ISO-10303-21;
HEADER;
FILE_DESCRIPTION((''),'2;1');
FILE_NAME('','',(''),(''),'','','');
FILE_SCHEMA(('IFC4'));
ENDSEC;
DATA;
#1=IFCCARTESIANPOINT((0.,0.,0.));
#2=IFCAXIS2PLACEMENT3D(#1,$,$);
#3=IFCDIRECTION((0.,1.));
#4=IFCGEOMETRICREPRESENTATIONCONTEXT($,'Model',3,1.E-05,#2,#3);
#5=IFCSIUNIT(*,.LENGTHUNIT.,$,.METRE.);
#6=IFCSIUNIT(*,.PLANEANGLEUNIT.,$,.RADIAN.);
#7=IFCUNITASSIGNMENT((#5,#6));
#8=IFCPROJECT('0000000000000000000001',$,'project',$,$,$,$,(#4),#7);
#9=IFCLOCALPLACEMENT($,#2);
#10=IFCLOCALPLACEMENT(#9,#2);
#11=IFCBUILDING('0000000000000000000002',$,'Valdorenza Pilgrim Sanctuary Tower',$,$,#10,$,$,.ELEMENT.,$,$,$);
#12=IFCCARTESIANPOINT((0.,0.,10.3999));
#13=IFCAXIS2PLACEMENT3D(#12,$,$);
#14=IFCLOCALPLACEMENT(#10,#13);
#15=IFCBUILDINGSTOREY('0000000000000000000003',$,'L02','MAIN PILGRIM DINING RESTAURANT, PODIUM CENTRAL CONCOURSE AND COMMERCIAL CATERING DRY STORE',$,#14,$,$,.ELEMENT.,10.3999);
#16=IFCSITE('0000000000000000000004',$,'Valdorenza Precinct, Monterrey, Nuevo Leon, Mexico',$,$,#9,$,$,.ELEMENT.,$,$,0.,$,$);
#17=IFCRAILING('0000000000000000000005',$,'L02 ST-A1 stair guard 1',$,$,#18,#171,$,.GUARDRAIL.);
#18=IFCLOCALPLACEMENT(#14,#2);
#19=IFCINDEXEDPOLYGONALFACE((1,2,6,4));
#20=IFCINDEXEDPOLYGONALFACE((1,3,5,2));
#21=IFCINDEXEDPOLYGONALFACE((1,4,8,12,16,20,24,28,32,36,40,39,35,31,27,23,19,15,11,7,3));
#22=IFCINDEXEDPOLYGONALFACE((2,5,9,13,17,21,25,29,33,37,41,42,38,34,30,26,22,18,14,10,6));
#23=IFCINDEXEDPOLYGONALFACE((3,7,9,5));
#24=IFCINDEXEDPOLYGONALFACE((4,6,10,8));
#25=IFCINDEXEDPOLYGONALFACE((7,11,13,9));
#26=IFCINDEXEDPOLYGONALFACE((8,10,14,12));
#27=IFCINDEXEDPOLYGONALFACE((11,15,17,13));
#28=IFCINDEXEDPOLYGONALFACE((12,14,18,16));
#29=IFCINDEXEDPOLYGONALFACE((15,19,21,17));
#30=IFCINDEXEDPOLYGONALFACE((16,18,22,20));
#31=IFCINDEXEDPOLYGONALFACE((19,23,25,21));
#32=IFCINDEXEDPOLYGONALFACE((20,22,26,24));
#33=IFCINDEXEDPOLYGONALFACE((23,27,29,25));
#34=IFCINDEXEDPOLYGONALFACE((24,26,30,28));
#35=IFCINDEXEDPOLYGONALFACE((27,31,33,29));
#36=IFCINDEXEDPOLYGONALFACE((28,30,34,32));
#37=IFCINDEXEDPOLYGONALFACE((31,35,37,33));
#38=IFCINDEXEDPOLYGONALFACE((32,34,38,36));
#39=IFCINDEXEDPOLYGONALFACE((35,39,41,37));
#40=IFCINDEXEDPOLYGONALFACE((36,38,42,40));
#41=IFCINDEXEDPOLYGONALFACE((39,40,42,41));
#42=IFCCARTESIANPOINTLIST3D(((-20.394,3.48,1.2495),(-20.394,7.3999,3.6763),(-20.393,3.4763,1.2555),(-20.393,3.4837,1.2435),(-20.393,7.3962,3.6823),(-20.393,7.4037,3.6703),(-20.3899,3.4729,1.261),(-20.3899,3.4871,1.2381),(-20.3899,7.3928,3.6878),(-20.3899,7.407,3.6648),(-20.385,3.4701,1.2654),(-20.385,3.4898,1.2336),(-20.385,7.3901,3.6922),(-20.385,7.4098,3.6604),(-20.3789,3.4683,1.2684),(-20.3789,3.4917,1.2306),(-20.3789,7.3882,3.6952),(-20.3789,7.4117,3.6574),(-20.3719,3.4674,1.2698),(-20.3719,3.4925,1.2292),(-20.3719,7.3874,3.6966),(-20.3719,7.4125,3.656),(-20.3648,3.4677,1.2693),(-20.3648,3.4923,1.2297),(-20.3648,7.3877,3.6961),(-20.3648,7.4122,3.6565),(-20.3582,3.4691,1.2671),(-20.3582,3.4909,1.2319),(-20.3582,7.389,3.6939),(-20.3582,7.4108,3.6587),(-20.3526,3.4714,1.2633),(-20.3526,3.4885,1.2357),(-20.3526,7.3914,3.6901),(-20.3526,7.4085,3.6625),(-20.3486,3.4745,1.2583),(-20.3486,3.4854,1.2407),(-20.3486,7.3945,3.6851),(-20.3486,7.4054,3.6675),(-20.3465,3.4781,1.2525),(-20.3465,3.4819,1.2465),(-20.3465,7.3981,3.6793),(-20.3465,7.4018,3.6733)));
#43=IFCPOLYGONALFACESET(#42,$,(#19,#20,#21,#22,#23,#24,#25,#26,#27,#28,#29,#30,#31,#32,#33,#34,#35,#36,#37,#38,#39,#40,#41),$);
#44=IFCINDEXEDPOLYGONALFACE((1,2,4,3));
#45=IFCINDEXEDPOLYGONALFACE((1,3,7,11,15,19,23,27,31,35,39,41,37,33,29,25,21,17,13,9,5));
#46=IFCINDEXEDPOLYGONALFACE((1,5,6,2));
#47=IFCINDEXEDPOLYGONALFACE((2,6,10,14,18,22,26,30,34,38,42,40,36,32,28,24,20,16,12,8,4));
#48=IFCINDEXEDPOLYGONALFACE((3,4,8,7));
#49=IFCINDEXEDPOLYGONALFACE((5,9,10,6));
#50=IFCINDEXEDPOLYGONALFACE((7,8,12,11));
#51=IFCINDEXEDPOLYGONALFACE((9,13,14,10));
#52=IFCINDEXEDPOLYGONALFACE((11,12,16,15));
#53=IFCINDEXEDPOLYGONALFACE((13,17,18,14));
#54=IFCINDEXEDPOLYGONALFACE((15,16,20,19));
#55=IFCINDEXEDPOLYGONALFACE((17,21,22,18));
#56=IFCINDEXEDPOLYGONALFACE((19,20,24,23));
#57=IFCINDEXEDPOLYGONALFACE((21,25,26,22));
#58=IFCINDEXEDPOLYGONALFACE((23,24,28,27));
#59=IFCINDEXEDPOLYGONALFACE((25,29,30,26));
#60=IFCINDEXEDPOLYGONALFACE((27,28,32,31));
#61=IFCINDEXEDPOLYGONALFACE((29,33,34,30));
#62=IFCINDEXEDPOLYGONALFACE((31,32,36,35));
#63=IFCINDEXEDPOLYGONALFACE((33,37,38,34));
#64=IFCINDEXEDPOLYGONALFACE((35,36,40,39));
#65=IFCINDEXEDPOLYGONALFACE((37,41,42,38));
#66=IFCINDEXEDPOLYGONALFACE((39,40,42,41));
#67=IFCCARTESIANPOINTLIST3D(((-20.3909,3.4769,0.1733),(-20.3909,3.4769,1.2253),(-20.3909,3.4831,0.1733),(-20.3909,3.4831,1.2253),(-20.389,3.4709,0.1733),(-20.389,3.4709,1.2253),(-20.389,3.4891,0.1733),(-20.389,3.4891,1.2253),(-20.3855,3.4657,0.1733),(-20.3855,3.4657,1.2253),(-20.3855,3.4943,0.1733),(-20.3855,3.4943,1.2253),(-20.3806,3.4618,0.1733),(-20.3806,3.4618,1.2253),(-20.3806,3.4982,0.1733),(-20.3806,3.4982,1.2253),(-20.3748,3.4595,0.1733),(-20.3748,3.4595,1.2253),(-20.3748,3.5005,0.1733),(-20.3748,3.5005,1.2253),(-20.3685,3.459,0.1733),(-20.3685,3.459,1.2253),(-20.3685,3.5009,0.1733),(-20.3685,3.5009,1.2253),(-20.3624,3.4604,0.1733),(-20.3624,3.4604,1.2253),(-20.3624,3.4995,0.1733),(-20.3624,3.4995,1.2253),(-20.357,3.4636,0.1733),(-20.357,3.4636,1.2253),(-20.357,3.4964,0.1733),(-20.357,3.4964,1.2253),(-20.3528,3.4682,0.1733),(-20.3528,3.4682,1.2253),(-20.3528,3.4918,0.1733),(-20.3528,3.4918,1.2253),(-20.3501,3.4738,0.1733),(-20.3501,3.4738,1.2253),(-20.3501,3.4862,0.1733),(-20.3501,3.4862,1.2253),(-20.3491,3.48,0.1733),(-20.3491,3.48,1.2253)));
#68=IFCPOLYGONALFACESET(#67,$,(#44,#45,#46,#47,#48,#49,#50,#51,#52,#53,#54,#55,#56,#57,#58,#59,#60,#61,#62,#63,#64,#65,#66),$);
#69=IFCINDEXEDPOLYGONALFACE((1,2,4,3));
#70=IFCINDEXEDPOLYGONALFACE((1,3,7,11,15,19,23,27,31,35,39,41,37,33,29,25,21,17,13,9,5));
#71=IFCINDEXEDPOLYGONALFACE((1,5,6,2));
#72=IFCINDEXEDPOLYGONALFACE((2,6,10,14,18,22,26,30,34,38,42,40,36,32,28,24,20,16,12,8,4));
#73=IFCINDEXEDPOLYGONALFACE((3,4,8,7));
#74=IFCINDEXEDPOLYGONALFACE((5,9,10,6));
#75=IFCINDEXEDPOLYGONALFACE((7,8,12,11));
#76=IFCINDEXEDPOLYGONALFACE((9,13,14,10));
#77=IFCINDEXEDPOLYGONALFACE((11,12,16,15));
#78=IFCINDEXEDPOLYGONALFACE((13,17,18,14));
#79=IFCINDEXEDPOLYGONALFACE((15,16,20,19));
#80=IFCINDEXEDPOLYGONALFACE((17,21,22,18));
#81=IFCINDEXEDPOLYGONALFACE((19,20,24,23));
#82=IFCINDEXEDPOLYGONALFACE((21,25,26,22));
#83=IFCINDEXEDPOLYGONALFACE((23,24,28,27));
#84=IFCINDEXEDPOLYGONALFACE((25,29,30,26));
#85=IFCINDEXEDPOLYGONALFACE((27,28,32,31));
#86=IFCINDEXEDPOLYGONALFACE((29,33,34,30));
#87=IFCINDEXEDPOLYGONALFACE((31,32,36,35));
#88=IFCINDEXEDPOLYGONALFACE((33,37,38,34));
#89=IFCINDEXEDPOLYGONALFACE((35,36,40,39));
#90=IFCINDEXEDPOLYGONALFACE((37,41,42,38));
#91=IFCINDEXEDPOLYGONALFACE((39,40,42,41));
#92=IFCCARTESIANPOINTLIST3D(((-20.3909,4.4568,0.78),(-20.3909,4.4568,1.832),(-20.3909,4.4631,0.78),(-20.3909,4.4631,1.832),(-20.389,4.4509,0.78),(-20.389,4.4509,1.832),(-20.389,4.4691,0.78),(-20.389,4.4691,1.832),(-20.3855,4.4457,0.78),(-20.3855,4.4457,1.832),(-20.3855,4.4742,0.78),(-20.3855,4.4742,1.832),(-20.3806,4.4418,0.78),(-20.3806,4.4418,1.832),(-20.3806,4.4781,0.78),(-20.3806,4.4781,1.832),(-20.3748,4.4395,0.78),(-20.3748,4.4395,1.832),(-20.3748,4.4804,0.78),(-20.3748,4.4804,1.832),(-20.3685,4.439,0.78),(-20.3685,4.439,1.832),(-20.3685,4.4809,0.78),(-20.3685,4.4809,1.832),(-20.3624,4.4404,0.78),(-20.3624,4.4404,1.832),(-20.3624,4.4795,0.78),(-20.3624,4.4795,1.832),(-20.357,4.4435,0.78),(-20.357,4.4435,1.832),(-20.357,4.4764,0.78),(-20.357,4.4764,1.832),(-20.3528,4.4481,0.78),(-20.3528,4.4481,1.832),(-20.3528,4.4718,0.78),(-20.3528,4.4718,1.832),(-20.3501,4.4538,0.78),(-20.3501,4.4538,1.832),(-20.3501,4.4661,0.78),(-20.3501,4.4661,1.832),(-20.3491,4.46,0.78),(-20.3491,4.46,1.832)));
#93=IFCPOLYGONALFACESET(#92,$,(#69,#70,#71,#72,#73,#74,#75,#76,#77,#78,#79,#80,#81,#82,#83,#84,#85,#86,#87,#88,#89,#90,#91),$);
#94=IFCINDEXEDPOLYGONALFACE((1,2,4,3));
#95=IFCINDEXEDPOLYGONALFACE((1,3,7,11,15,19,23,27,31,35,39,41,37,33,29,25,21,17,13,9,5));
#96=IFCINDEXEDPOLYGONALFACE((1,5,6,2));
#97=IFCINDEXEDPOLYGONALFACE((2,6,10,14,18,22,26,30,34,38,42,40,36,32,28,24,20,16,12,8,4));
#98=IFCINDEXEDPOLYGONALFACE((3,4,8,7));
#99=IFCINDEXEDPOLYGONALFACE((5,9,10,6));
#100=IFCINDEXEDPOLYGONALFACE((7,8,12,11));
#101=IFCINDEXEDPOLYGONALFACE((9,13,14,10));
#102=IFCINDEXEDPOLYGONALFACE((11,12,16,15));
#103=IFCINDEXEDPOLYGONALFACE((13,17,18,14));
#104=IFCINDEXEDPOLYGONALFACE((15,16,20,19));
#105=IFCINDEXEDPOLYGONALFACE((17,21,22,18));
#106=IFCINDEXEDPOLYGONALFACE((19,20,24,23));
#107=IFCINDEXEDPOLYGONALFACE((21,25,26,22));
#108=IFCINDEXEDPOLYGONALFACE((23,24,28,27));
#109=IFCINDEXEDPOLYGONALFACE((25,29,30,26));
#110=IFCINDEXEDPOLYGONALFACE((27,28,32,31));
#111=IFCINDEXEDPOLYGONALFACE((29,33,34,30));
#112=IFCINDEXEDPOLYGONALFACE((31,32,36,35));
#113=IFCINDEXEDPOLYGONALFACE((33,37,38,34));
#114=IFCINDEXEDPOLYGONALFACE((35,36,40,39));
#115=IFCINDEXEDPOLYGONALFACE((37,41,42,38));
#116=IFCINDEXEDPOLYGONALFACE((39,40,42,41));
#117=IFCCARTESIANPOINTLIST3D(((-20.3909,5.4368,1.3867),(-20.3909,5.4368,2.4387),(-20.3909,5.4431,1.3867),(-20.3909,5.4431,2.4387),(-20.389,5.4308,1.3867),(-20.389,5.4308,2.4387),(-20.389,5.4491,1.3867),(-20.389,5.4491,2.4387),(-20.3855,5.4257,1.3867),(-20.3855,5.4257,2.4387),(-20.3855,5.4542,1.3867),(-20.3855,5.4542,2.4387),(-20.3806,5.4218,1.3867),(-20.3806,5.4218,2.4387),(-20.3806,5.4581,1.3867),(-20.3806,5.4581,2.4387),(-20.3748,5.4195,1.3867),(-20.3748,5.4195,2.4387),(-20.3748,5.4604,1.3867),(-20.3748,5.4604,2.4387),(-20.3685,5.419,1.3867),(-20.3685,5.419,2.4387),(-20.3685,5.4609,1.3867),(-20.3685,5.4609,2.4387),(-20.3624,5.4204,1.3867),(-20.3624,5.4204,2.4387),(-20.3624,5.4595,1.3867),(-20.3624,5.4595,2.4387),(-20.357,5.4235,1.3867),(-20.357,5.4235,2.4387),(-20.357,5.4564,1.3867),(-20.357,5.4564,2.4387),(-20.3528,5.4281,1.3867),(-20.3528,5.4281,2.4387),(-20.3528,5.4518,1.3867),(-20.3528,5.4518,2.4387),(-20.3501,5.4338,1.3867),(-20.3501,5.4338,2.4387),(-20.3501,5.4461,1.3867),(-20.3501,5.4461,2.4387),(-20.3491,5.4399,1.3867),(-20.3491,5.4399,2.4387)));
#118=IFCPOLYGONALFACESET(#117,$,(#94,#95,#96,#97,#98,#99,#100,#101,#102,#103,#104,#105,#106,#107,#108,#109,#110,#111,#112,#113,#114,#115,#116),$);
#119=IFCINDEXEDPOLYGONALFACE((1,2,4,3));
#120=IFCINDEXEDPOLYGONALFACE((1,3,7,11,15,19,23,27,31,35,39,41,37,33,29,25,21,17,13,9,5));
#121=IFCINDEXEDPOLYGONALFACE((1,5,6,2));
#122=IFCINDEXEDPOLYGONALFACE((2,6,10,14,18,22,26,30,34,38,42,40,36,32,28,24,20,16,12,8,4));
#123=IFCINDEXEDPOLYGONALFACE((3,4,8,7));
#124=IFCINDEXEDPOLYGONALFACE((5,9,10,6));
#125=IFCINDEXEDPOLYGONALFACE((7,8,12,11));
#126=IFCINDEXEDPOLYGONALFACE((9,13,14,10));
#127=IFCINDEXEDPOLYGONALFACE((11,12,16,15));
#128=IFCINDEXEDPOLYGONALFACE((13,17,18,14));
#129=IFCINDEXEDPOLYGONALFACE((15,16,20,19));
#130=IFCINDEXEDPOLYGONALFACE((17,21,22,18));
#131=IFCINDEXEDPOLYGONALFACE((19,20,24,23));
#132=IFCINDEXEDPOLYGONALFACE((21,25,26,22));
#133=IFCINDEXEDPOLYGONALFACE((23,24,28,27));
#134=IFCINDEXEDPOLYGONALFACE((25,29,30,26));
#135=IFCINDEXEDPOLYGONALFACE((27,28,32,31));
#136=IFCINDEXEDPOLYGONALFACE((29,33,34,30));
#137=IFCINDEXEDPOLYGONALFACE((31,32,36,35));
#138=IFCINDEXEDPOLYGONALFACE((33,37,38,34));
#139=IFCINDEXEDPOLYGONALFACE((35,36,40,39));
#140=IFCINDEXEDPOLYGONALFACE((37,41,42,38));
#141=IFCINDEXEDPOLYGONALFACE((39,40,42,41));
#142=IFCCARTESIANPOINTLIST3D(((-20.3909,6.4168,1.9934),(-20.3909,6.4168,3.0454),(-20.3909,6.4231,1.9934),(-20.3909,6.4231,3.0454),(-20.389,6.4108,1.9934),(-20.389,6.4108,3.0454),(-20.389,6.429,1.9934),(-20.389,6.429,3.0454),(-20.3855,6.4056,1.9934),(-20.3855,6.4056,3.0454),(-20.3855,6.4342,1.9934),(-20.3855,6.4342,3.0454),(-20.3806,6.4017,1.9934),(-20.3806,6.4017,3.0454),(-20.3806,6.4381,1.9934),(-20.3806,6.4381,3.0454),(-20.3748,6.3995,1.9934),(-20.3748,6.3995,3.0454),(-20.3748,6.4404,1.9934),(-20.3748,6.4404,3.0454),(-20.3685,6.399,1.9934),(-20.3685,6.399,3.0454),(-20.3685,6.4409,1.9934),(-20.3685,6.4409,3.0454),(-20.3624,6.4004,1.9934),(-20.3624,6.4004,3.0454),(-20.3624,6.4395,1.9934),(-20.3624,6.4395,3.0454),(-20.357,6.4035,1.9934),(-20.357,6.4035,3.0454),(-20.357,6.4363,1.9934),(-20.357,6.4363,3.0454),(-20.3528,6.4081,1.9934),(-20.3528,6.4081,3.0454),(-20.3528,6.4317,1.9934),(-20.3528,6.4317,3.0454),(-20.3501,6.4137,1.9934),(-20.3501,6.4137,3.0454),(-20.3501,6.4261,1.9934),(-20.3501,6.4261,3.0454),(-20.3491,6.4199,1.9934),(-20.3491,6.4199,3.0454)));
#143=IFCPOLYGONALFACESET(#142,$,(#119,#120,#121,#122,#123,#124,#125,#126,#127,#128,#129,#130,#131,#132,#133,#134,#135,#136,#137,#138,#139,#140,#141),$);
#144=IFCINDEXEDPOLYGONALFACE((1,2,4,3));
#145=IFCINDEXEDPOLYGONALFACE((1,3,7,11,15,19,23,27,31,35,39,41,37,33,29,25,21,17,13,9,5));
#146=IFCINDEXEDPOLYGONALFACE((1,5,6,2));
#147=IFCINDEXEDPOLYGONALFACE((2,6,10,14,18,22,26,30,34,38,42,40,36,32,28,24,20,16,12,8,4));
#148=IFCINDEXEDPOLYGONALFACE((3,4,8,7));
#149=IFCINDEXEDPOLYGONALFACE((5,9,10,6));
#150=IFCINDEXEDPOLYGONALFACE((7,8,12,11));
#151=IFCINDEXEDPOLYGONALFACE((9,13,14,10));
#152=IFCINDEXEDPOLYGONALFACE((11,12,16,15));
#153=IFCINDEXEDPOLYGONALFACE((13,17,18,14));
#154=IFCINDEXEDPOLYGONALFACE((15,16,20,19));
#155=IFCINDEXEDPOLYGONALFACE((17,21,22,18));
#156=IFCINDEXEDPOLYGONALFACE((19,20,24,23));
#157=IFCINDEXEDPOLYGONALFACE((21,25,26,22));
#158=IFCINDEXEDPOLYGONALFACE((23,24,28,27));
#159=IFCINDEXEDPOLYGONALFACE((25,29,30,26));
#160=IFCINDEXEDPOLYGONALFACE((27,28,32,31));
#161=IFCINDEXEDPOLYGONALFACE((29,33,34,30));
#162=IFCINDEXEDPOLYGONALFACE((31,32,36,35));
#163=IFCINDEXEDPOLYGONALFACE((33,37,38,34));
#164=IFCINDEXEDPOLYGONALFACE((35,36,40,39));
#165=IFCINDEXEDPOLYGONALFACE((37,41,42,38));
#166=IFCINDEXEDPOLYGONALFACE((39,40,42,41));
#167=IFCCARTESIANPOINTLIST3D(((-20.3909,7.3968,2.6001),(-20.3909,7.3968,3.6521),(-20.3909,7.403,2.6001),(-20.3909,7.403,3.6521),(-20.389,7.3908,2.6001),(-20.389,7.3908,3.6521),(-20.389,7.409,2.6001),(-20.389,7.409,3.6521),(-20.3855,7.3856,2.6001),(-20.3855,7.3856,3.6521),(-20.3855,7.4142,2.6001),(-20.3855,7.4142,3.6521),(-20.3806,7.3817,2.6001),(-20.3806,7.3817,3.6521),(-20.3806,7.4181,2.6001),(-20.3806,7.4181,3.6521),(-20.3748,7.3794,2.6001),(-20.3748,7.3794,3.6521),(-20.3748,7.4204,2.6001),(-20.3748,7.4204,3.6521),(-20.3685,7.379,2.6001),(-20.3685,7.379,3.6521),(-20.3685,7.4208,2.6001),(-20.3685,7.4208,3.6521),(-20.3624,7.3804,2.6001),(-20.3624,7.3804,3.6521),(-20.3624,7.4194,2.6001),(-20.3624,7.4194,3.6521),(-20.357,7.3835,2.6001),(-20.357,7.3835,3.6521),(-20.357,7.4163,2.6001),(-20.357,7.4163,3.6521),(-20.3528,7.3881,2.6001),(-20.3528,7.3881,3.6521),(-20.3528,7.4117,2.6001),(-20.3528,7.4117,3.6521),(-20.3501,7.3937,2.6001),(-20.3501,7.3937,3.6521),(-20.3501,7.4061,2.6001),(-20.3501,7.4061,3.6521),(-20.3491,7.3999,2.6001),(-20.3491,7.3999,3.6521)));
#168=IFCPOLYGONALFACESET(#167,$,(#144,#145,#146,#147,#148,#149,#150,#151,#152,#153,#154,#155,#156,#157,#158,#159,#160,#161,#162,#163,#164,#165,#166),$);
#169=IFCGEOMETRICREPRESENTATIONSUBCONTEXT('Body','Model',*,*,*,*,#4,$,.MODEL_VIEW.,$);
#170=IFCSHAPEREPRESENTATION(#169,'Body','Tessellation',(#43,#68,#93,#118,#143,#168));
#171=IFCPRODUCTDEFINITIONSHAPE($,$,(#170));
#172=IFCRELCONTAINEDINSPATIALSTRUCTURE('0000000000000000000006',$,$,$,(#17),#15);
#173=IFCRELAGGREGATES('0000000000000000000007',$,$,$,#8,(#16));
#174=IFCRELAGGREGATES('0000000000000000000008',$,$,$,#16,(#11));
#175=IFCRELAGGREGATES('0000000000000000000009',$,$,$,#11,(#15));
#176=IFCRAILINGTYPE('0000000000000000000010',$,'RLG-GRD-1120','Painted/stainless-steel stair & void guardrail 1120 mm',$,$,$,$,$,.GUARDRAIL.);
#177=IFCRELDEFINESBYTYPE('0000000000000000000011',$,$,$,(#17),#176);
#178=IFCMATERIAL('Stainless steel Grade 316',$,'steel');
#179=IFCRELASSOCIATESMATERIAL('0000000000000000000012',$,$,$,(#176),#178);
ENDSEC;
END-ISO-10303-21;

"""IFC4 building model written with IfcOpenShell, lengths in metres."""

from ifc_helpers import new_model, si_unit, direction, frame, origin, origin_2d, place, context, subcontext, project, spatial, circle, extrude, material, type_object, element, save


model = new_model("IFC4")

# Units and contexts
model_context = context("Model", 3, precision=1e-05, world=origin(), true_north=direction((0.0, 1.0)))
body_context = subcontext(model_context, "Body", "Model", "MODEL_VIEW")
ifc_project = project(units=[si_unit("LENGTHUNIT", "METRE"), si_unit("PLANEANGLEUNIT", "RADIAN")], contexts=[model_context])

# Site, building, storey
site_placement = place(None, origin())
site = spatial("IfcSite", under=ifc_project, at=site_placement, Name="Valdorenza Precinct, Monterrey, Nuevo Leon, Mexico", CompositionType="ELEMENT", RefElevation=0.0)
building_placement = place(site_placement, origin())
building = spatial("IfcBuilding", under=site, at=building_placement, Name="Valdorenza Pilgrim Sanctuary Tower", CompositionType="ELEMENT")
storey_placement = place(building_placement, frame((0.0, 0.0, 10.3999)))
storey = spatial("IfcBuildingStorey", under=building, at=storey_placement, Name="L02", Description="MAIN PILGRIM DINING RESTAURANT, PODIUM CENTRAL CONCOURSE AND COMMERCIAL CATERING DRY STORE", CompositionType="ELEMENT", Elevation=10.3999)

# Railing
ifc_material_1 = material(Name="Stainless steel Grade 316", Category="steel")
railing_type_1 = type_object("IfcRailingType", Name="RLG-GRD-1120", Description="Painted/stainless-steel stair & void guardrail 1120 mm", PredefinedType="GUARDRAIL", material=ifc_material_1)
railing_1_placement = place(storey_placement, frame((-20.3701, 3.48, 0.1733)))
element("IfcRailing", 1, at=railing_1_placement, inside=storey, type_object=railing_type_1, Name="L02 ST-A1 stair guard 1", PredefinedType="GUARDRAIL", context=body_context, shape_type="SweptSolid", body=[
    extrude(circle(Radius=0.0239, at=origin_2d()), frame((0.0, 0.0, 1.0762), z_axis=(0.0, 0.850252, 0.526376), x_axis=(-1.0, 0.0, 0.0)), (0.0, 0.0, 1.0), 4.6104),
    extrude(circle(Radius=0.021, at=origin_2d()), origin(), (0.0, 0.0, 1.0), 1.052),
    extrude(circle(Radius=0.021, at=origin_2d()), frame((0.0, 0.98, 0.6067)), (0.0, 0.0, 1.0), 1.052),
    extrude(circle(Radius=0.021, at=origin_2d()), frame((0.0, 1.96, 1.2134)), (0.0, 0.0, 1.0), 1.052),
    extrude(circle(Radius=0.021, at=origin_2d()), frame((0.0, 2.9399, 1.8201)), (0.0, 0.0, 1.0), 1.052),
    extrude(circle(Radius=0.021, at=origin_2d()), frame((0.0, 3.9199, 2.4268)), (0.0, 0.0, 1.0), 1.052),
])

save(model, "model.ifc")
